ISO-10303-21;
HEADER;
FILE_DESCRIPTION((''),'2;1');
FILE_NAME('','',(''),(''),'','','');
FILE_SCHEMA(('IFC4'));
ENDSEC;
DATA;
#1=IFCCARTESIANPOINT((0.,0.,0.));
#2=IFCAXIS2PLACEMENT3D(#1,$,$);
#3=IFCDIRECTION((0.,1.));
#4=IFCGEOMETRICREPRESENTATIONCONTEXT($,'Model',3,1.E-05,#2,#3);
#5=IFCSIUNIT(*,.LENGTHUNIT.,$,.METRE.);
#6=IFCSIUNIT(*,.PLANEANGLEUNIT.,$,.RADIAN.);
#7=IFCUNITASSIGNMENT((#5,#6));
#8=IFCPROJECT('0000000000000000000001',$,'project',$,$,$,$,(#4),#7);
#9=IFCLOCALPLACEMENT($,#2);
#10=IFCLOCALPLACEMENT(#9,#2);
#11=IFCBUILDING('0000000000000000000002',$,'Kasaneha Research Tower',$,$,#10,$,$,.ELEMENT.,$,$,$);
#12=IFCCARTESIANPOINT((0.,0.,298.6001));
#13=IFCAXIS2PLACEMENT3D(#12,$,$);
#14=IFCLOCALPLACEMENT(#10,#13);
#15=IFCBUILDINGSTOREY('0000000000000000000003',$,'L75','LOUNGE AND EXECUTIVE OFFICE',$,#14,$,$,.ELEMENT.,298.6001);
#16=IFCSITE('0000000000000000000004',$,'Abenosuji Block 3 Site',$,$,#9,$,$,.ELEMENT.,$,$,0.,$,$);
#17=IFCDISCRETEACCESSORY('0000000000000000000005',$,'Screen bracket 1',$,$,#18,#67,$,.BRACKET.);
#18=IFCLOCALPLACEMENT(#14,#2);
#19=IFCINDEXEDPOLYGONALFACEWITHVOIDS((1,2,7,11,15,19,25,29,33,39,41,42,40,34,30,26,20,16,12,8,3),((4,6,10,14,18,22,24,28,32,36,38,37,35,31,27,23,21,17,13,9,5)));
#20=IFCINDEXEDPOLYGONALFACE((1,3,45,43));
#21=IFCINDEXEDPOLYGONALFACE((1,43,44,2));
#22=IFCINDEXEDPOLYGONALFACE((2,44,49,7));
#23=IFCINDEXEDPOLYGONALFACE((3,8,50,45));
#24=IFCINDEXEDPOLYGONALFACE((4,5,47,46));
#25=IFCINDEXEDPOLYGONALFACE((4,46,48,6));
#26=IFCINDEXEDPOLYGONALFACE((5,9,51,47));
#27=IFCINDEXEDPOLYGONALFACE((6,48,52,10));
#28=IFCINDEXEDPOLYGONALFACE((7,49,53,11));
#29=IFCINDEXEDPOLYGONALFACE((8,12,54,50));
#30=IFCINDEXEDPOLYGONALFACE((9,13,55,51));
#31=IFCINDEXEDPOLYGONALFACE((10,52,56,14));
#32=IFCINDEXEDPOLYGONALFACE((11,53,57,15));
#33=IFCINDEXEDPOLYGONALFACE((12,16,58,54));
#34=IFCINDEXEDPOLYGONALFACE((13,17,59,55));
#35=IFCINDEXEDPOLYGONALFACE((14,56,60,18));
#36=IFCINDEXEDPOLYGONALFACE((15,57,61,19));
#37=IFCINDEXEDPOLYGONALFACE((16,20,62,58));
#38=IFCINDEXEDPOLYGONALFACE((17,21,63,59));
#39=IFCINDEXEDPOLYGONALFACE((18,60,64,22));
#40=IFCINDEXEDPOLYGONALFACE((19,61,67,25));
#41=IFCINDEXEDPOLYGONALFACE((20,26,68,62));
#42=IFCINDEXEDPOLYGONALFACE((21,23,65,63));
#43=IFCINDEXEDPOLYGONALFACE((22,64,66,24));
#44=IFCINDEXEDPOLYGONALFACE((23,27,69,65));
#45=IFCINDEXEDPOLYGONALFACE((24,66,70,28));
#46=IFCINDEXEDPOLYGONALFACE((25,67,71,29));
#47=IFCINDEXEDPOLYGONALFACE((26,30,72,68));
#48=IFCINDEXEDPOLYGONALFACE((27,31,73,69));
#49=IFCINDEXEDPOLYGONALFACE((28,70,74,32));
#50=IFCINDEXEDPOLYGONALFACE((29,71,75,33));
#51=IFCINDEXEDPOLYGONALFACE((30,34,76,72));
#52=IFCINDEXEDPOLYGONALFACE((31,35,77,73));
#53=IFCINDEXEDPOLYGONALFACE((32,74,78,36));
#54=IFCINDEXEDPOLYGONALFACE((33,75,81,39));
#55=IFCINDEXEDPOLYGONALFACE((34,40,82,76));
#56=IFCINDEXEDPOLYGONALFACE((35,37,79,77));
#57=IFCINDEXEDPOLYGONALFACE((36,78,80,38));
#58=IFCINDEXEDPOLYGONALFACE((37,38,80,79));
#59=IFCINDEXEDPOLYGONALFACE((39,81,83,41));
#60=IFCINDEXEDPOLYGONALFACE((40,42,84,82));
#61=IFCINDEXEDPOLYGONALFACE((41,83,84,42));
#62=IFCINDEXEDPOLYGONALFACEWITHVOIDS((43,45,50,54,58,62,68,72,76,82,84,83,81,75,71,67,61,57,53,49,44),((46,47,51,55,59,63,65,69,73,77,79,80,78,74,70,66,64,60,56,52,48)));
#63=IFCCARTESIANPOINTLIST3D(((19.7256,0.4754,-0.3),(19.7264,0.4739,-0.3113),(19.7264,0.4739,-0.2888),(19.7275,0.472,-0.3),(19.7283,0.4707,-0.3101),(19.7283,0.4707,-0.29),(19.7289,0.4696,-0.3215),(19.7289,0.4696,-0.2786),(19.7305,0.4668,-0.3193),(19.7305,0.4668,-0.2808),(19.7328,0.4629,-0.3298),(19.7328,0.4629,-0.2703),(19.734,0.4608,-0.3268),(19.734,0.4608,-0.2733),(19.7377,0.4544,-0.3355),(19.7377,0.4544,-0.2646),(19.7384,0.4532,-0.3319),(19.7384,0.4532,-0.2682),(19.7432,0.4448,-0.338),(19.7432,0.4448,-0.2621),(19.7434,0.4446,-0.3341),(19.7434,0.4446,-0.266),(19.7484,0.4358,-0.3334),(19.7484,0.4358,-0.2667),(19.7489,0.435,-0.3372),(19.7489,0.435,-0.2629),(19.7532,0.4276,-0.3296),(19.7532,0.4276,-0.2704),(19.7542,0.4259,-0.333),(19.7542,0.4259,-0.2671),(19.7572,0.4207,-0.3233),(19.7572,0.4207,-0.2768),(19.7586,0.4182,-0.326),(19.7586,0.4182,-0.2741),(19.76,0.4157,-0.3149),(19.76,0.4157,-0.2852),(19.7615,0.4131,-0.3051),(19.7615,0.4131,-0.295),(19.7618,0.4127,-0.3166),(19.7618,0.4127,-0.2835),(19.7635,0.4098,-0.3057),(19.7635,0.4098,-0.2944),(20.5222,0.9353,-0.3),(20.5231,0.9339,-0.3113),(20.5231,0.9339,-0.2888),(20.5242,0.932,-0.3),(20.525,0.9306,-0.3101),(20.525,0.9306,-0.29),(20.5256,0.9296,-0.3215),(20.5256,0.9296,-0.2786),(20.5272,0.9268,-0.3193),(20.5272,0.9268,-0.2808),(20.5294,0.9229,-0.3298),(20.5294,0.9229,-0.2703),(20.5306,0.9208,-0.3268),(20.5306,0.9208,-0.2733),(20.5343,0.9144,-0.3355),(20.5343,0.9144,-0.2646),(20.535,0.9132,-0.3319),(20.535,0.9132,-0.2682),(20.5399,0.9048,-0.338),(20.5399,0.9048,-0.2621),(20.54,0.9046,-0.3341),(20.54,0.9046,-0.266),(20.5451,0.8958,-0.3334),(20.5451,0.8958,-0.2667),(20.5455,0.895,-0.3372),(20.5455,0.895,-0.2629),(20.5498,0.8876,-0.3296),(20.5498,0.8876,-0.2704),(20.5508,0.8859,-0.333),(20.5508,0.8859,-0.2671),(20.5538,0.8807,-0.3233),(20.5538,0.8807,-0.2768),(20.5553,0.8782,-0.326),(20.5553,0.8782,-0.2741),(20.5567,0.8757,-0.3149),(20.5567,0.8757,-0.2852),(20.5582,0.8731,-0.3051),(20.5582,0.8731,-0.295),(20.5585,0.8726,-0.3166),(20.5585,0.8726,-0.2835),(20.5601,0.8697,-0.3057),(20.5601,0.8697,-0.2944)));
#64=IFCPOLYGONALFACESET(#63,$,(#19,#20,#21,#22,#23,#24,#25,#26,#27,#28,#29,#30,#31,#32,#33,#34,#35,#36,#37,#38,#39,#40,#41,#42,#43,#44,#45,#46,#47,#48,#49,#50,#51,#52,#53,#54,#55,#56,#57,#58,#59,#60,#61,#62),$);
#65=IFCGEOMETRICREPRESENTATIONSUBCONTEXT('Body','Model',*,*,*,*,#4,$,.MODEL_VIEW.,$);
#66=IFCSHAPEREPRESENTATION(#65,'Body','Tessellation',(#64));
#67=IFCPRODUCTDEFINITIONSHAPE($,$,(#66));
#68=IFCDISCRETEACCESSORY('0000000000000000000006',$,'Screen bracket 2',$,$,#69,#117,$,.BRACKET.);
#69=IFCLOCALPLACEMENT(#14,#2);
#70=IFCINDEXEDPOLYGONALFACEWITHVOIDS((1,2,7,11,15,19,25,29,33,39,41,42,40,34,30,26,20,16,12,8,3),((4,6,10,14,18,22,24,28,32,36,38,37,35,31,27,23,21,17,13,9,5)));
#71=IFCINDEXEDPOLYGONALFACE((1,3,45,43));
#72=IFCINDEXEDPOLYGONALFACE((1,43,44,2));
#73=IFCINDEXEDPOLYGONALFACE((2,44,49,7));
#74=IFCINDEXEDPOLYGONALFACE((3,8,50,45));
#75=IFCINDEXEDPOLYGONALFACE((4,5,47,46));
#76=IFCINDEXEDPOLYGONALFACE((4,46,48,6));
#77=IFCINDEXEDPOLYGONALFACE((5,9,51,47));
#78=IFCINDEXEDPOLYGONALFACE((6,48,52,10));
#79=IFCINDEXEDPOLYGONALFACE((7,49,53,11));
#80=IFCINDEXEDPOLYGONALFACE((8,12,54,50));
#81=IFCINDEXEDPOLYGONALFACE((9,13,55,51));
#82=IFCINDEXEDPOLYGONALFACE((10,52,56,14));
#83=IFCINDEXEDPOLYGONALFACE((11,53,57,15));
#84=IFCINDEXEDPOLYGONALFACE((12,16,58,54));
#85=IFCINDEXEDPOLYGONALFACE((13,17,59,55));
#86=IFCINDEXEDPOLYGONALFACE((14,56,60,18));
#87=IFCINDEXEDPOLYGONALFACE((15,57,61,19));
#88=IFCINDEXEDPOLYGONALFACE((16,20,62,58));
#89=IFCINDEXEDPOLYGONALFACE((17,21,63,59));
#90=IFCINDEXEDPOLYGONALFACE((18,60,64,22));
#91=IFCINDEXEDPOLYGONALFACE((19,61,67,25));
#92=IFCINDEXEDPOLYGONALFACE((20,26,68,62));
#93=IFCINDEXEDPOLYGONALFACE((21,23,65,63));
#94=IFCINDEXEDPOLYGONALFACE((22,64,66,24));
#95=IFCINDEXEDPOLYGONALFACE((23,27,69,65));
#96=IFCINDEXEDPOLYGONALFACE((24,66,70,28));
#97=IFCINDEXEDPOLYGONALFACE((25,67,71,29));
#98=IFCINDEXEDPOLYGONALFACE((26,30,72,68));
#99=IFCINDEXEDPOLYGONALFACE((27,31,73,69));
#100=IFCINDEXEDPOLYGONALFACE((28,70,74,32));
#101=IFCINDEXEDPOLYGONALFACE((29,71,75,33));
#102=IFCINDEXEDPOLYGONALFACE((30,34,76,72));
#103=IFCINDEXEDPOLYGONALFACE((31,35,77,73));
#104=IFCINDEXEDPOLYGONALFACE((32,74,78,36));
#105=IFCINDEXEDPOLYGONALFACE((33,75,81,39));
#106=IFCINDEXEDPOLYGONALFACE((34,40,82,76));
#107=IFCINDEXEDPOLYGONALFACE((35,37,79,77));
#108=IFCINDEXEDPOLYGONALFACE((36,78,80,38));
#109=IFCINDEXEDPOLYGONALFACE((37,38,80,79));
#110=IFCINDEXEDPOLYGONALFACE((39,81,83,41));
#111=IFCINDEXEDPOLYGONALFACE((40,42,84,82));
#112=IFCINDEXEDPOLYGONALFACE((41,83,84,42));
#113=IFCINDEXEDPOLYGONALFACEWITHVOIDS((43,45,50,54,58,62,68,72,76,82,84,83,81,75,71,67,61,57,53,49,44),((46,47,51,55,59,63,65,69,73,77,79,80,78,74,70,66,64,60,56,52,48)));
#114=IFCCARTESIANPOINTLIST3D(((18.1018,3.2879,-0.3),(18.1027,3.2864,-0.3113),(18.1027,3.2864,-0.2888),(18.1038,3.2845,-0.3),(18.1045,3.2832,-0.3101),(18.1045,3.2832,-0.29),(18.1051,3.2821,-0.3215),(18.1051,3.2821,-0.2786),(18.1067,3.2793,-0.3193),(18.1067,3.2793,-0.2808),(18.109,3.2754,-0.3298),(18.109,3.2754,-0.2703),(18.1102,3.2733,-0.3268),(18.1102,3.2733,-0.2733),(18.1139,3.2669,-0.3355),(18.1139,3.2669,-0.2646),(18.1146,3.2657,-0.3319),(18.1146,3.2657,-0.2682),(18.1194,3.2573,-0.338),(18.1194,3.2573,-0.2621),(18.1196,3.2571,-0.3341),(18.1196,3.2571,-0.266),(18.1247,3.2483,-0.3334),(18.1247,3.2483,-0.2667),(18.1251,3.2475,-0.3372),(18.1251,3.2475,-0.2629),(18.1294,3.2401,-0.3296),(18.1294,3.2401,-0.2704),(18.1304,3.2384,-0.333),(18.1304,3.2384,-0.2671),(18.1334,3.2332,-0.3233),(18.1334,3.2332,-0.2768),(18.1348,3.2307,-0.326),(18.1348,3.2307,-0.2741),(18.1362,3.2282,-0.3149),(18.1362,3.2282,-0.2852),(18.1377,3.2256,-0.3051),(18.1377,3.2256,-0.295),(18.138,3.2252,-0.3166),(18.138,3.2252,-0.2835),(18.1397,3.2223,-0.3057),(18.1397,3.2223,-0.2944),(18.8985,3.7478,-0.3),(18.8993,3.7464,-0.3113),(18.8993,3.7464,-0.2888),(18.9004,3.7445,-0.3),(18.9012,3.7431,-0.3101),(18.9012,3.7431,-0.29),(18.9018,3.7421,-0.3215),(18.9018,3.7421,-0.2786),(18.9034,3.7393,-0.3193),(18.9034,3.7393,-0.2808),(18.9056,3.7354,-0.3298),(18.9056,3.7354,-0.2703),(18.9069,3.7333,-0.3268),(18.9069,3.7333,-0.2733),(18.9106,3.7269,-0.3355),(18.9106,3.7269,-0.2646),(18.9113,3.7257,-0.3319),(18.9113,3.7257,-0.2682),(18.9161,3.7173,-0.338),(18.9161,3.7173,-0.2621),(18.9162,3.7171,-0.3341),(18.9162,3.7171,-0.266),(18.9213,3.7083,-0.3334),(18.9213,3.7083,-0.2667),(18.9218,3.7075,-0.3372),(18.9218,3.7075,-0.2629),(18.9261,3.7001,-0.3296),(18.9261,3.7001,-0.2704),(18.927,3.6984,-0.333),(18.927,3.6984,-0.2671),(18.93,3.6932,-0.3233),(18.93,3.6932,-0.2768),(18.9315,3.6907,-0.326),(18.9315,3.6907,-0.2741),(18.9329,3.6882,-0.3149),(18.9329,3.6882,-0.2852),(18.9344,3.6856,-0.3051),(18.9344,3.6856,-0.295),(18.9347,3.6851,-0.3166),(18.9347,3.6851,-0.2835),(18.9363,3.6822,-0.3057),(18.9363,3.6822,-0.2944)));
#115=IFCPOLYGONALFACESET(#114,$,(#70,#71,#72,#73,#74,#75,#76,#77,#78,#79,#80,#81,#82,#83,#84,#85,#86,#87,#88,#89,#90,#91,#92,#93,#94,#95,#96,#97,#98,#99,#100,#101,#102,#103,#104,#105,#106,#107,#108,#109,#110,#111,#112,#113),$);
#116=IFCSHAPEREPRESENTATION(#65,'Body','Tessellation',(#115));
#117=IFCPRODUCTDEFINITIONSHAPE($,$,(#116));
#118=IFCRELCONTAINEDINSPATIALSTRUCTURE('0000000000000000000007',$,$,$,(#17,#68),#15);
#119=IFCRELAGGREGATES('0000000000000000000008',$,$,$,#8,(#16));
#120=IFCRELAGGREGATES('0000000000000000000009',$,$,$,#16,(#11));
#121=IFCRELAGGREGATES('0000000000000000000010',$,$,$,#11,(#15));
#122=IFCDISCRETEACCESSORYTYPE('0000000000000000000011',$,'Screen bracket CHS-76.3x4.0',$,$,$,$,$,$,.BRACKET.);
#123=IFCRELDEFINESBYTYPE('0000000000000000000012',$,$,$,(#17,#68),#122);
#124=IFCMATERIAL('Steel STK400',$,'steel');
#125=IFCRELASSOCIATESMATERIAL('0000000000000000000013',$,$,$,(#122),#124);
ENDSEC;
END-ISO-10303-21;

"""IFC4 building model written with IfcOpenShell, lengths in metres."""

from ifc_helpers import new_model, si_unit, direction, frame, origin, origin_2d, place, context, subcontext, project, spatial, hollow_circle, extrude, material, material_profile, profile_set, type_object, element, save


model = new_model("IFC4")

# Units and contexts
model_context = context("Model", 3, precision=1e-05, world=origin(), true_north=direction((0.0, 1.0)))
body_context = subcontext(model_context, "Body", "Model", "MODEL_VIEW")
ifc_project = project(units=[si_unit("LENGTHUNIT", "METRE"), si_unit("PLANEANGLEUNIT", "RADIAN")], contexts=[model_context])

# Site, building, storey
site_placement = place(None, origin())
site = spatial("IfcSite", under=ifc_project, at=site_placement, Name="Abenosuji Block 3 Site", CompositionType="ELEMENT", RefElevation=0.0)
building_placement = place(site_placement, origin())
building = spatial("IfcBuilding", under=site, at=building_placement, Name="Kasaneha Research Tower", CompositionType="ELEMENT")
storey_placement = place(building_placement, frame((0.0, 0.0, 298.6001)))
storey = spatial("IfcBuildingStorey", under=building, at=storey_placement, Name="L75", Description="LOUNGE AND EXECUTIVE OFFICE", CompositionType="ELEMENT", Elevation=298.6001)

# Discrete accessories
ifc_material_1 = material(Name="Steel STK400", Category="steel")
ifc_material_profile_1 = material_profile(ifc_material_1, hollow_circle(Radius=0.0381, WallThickness=0.0039, at=origin_2d()), Name="CHS-76.3x4.0")
ifc_profile_set_1 = profile_set([ifc_material_profile_1], Name="Steel STK400")
discrete_accessory_type = type_object("IfcDiscreteAccessoryType", Name="Screen bracket CHS-76.3x4.0", PredefinedType="BRACKET", material=ifc_profile_set_1)
for number, where, z_axis, x_axis, name in (
    (1, (19.7446, 0.4424, -0.3), (0.866013, 0.500021, 0.0), (-0.500021, 0.866013, 0.0), "Screen bracket 1"),
    (2, (18.1208, 3.2549, -0.3), (0.866013, 0.500021, 0.0), (-0.500021, 0.866013, 0.0), "Screen bracket 2"),
):
    element("IfcDiscreteAccessory", number, at=place(storey_placement, frame(where, z_axis=z_axis, x_axis=x_axis)), inside=storey, type_object=discrete_accessory_type, Name=name, PredefinedType="BRACKET", context=body_context, shape_type="SweptSolid", body=[
        extrude(hollow_circle(Radius=0.0381, WallThickness=0.0039, at=origin_2d()), origin(), (0.0, 0.0, 1.0), 0.9199),
    ])

save(model, "model.ifc")
